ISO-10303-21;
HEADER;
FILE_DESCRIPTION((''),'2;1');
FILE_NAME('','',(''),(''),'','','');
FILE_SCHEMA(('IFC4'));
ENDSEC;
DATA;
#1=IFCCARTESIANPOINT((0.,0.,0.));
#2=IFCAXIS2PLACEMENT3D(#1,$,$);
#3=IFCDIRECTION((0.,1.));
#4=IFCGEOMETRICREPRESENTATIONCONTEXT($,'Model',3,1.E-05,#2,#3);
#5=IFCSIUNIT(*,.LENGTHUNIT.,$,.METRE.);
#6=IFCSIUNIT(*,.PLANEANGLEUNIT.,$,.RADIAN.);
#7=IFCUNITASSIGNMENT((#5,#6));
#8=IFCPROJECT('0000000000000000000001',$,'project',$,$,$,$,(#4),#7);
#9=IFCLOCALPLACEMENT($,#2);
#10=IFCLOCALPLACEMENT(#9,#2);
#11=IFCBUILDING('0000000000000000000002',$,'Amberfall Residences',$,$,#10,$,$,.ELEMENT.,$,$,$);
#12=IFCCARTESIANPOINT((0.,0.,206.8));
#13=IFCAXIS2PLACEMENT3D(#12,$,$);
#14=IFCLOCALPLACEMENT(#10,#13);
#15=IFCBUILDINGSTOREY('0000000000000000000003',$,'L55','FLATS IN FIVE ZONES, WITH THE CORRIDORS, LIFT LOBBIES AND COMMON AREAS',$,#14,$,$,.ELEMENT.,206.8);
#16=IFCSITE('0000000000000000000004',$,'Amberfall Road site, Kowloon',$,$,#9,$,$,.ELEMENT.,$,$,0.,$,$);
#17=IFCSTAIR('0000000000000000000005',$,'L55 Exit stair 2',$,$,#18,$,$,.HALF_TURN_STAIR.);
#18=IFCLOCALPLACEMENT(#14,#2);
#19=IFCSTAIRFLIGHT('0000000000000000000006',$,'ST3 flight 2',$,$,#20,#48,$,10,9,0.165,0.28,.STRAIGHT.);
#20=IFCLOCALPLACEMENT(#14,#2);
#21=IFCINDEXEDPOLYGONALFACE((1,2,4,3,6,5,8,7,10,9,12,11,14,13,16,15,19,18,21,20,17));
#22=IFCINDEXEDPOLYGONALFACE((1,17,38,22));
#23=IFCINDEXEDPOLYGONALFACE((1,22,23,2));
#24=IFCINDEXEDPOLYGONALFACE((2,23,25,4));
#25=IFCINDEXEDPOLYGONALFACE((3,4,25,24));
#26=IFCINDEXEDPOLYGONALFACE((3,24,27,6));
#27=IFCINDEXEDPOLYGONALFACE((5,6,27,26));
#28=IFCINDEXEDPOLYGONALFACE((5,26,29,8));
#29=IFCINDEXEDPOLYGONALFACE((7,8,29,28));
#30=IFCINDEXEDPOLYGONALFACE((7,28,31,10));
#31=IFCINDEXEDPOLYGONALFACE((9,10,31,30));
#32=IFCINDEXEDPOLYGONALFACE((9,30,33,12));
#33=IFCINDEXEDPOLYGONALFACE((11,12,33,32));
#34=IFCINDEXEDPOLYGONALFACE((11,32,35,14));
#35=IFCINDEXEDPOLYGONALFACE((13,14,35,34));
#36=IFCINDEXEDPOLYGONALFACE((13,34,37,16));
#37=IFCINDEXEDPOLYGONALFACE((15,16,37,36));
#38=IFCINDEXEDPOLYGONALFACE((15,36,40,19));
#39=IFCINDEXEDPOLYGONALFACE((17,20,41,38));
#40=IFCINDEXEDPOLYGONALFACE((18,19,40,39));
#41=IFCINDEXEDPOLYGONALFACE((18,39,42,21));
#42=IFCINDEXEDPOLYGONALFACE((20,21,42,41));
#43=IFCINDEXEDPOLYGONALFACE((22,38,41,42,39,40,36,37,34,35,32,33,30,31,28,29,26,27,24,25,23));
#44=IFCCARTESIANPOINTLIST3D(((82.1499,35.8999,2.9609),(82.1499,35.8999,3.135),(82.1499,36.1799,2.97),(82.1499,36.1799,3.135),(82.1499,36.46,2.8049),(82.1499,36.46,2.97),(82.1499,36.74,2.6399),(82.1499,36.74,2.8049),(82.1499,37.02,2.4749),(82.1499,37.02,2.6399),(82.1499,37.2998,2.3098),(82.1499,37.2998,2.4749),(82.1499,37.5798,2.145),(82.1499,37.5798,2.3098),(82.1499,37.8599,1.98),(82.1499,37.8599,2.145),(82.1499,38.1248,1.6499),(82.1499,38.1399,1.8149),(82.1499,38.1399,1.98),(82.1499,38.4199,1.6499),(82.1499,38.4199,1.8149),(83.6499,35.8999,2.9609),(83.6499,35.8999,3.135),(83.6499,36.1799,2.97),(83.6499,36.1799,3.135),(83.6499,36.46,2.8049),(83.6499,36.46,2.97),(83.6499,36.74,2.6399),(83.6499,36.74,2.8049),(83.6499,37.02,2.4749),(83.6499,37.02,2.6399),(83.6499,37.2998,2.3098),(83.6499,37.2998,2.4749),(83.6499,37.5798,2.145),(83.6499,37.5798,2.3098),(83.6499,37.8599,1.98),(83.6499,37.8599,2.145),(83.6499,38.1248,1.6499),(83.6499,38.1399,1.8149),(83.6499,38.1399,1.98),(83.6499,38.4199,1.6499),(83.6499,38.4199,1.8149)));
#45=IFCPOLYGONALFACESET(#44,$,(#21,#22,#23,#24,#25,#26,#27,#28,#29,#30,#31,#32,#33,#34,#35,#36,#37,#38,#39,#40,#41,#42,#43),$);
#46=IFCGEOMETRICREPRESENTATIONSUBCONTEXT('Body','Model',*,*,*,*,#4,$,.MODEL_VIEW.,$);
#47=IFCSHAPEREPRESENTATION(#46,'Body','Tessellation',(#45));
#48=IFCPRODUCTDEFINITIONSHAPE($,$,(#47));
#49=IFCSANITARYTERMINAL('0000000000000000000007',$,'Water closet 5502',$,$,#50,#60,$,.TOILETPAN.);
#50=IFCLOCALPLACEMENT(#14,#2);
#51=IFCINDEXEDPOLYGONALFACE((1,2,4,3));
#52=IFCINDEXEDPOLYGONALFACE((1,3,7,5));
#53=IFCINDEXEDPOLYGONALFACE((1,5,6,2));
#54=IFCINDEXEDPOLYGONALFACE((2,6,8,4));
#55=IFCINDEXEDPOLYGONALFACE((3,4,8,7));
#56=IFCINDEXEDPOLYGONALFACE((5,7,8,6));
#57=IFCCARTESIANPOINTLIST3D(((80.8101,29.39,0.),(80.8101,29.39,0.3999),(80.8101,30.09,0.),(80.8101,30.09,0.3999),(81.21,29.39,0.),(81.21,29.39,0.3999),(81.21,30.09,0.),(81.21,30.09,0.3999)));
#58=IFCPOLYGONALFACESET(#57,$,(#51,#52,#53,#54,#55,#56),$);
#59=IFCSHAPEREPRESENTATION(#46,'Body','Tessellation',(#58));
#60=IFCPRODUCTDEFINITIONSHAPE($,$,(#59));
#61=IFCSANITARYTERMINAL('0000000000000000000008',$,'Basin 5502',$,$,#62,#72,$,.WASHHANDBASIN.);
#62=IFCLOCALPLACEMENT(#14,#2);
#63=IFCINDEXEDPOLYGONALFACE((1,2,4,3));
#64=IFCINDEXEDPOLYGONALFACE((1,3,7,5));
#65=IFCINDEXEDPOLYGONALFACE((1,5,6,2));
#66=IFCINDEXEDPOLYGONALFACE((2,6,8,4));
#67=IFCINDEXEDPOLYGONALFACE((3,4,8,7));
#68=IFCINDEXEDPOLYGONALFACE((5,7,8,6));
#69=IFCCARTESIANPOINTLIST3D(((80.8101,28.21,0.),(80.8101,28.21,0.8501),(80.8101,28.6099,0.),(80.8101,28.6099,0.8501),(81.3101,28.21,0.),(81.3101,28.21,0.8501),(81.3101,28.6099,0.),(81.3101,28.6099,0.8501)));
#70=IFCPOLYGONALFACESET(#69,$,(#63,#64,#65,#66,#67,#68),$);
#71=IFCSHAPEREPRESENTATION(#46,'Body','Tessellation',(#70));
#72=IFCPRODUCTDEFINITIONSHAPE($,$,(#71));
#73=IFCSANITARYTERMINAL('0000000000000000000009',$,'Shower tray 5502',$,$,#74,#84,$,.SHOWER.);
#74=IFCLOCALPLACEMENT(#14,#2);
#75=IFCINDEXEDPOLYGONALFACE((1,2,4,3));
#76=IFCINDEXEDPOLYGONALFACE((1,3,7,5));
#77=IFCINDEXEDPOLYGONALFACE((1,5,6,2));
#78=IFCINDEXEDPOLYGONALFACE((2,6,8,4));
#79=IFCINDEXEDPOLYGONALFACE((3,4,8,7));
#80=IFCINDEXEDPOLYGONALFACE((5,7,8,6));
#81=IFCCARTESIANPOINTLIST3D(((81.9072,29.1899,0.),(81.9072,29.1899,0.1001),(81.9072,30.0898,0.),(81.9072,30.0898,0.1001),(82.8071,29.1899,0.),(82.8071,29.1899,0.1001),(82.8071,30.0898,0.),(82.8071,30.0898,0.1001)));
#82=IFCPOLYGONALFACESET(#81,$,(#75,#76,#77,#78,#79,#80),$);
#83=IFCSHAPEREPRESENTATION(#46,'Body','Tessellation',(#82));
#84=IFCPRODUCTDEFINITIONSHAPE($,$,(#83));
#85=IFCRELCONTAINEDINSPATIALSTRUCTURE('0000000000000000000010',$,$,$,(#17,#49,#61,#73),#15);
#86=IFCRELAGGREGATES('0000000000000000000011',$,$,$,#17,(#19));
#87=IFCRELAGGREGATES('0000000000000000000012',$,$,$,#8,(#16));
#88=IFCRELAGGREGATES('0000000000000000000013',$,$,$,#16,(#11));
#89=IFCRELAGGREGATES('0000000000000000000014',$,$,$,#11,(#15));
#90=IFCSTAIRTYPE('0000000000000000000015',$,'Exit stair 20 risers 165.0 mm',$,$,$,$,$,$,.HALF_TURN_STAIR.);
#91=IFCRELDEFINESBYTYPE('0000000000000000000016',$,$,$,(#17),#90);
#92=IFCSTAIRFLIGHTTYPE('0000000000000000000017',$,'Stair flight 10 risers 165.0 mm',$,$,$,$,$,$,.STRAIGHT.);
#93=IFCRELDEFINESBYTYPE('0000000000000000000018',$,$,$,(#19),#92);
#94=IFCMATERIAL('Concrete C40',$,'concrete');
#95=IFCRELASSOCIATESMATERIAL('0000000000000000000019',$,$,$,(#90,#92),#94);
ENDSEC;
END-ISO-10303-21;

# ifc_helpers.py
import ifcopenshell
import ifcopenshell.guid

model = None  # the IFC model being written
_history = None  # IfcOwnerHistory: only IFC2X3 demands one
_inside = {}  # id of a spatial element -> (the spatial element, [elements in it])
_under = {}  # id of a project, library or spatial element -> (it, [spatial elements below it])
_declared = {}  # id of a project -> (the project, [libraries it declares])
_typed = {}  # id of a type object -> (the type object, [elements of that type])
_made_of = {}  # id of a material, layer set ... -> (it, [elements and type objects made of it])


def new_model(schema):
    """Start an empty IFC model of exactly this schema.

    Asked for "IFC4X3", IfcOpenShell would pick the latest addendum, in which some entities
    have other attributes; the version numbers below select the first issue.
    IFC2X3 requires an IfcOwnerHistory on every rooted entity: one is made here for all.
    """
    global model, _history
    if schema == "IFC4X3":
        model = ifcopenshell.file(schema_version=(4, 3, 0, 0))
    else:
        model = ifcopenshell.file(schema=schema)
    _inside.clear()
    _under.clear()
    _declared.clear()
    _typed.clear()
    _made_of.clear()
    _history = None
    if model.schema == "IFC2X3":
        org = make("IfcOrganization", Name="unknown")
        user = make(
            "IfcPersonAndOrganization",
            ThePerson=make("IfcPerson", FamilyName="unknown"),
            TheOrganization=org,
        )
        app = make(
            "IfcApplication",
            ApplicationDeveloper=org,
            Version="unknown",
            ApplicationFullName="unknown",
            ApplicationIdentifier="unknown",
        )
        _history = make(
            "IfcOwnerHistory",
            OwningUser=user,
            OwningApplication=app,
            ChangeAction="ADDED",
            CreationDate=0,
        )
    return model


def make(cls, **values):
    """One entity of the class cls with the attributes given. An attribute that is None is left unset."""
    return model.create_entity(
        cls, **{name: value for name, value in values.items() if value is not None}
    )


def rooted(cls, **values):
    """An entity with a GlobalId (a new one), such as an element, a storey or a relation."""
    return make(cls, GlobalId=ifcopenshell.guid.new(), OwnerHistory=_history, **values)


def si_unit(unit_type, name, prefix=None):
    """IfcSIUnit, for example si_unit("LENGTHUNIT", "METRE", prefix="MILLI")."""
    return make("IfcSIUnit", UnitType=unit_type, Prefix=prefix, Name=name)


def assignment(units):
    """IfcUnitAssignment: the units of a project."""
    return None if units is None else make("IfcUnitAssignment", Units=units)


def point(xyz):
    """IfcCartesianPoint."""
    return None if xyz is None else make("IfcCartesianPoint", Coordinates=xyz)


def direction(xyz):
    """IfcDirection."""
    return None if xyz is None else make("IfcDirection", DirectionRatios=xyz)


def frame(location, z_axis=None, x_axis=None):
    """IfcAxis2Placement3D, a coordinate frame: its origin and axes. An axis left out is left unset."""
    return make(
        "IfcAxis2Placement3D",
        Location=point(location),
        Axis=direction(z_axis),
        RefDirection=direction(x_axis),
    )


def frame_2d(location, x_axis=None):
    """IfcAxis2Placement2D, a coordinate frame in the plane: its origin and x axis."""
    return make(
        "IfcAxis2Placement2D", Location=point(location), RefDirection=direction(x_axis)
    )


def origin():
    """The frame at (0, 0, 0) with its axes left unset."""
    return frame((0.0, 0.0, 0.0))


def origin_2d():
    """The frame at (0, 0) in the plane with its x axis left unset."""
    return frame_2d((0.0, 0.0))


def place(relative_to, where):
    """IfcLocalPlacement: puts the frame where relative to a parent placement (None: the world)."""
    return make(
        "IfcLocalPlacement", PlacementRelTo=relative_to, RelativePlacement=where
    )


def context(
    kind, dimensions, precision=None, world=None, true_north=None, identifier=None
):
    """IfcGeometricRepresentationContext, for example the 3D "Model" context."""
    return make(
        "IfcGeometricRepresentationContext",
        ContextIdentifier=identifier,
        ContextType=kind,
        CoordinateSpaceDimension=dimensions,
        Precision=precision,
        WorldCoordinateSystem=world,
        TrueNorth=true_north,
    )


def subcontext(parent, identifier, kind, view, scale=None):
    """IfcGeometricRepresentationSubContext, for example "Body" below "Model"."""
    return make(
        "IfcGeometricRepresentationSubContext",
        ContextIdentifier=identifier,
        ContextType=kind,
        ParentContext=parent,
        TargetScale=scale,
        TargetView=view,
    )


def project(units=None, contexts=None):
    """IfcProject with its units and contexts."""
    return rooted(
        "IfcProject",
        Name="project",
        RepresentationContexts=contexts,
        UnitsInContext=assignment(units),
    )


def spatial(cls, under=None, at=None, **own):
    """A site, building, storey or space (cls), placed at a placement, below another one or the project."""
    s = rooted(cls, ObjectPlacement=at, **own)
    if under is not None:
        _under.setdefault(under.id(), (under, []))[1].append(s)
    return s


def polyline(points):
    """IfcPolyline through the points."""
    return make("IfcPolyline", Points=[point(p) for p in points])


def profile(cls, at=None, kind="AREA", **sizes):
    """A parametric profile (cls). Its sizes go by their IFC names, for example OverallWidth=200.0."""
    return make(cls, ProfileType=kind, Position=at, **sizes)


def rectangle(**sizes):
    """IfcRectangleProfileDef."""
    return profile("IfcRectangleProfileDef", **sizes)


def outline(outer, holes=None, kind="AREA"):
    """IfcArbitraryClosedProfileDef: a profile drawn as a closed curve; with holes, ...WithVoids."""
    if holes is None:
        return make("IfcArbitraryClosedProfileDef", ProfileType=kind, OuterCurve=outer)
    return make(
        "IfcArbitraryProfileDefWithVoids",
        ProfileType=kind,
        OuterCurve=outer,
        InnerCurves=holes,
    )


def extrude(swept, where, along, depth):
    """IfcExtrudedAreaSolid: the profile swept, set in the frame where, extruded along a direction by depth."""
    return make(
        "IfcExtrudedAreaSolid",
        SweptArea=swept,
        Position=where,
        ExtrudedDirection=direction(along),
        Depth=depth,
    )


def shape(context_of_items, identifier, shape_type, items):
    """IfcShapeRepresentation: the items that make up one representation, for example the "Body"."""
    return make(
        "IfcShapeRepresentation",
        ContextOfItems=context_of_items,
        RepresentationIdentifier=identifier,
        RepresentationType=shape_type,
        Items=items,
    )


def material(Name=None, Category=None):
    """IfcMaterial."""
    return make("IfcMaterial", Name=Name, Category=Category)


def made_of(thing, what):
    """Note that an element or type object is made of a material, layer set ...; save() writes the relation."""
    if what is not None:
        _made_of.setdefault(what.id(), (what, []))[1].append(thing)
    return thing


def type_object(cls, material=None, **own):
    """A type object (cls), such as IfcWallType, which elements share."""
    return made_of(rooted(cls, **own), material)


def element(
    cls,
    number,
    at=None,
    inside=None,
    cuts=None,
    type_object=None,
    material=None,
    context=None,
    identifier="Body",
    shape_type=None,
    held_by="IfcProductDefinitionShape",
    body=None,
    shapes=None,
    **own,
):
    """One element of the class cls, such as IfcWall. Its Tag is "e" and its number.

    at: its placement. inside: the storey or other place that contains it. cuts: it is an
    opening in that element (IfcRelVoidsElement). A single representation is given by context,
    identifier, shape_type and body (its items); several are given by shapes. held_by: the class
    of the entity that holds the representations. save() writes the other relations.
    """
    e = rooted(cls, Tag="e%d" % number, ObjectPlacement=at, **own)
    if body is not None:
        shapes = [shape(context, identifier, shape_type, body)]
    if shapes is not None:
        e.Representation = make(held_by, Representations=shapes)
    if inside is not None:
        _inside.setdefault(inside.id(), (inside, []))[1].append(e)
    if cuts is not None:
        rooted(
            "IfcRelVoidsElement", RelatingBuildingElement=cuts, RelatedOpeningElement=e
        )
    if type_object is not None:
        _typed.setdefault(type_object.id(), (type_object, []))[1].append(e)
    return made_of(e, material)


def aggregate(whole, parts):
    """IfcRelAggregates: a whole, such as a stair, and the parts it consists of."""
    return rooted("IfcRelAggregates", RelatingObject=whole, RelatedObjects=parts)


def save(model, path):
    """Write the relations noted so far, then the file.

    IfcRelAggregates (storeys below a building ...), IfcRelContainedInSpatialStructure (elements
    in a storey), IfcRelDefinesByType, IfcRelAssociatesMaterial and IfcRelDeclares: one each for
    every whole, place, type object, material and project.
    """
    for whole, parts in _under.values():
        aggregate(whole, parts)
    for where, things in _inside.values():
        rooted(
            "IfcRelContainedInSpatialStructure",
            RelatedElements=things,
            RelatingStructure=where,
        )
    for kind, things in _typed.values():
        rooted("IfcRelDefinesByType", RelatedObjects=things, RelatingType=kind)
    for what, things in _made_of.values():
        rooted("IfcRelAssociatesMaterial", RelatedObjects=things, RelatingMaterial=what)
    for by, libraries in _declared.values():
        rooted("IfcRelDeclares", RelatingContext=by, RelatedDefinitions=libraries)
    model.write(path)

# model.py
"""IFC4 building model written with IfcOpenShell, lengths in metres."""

from ifc_helpers import new_model, si_unit, direction, frame, origin, origin_2d, place, context, subcontext, project, spatial, polyline, rectangle, outline, extrude, material, type_object, element, aggregate, save


model = new_model("IFC4")

# Units and contexts
model_context = context("Model", 3, precision=1e-05, world=origin(), true_north=direction((0.0, 1.0)))
body_context = subcontext(model_context, "Body", "Model", "MODEL_VIEW")
ifc_project = project(units=[si_unit("LENGTHUNIT", "METRE"), si_unit("PLANEANGLEUNIT", "RADIAN")], contexts=[model_context])

# Site, building, storey
site_placement = place(None, origin())
site = spatial("IfcSite", under=ifc_project, at=site_placement, Name="Amberfall Road site, Kowloon", CompositionType="ELEMENT", RefElevation=0.0)
building_placement = place(site_placement, origin())
building = spatial("IfcBuilding", under=site, at=building_placement, Name="Amberfall Residences", CompositionType="ELEMENT")
storey_placement = place(building_placement, frame((0.0, 0.0, 206.8)))
storey = spatial("IfcBuildingStorey", under=building, at=storey_placement, Name="L55", Description="FLATS IN FIVE ZONES, WITH THE CORRIDORS, LIFT LOBBIES AND COMMON AREAS", CompositionType="ELEMENT", Elevation=206.8)

# Stair, stair flight
ifc_material_1 = material(Name="Concrete C40", Category="concrete")
stair_type = type_object("IfcStairType", Name="Exit stair 20 risers 165.0 mm", PredefinedType="HALF_TURN_STAIR", material=ifc_material_1)
stair_placement = place(storey_placement, origin())
stair = element("IfcStair", 1, at=stair_placement, inside=storey, type_object=stair_type, Name="L55 Exit stair 2", PredefinedType="HALF_TURN_STAIR")
stair_flight_type = type_object("IfcStairFlightType", Name="Stair flight 10 risers 165.0 mm", PredefinedType="STRAIGHT", material=ifc_material_1)
stair_flight_1_placement = place(storey_placement, frame((82.8999, 38.4199, 1.6499), z_axis=(0.0, 0.0, 1.0), x_axis=(0.0, -1.0, 0.0)))
stair_flight_1 = element("IfcStairFlight", 2, at=stair_flight_1_placement, type_object=stair_flight_type, Name="ST3 flight 2", NumberOfRisers=10, NumberOfTreads=9, PredefinedType="STRAIGHT", RiserHeight=0.165, TreadLength=0.28, context=body_context, shape_type="SweptSolid", body=[
    extrude(outline(polyline([(0.0, 0.0), (0.0, 0.165), (0.28, 0.165), (0.28, 0.3301), (0.5601, 0.3301), (0.5601, 0.4951), (0.8401, 0.4951), (0.8401, 0.6599), (1.1201, 0.6599), (1.1201, 0.825), (1.3999, 0.825), (1.3999, 0.99), (1.6799, 0.99), (1.6799, 1.155), (1.96, 1.155), (1.96, 1.3201), (2.24, 1.3201), (2.24, 1.4851), (2.52, 1.4851), (2.52, 1.6499), (2.52, 1.311), (0.2952, 0.0), (0.0, 0.0)])), frame((0.0, 0.75, 0.0), z_axis=(0.0, -1.0, 0.0), x_axis=(1.0, 0.0, 0.0)), (0.0, 0.0, 1.0), 1.5),
])
aggregate(stair, [stair_flight_1])

# Sanitary terminals
sanitary_terminal_1_placement = place(storey_placement, frame((81.01, 29.74, 0.0), z_axis=(0.0, 0.0, 1.0), x_axis=(1.0, 0.0, 0.0)))
element("IfcSanitaryTerminal", 3, at=sanitary_terminal_1_placement, inside=storey, Name="Water closet 5502", PredefinedType="TOILETPAN", context=body_context, shape_type="SweptSolid", body=[
    extrude(rectangle(XDim=0.3999, YDim=0.7, at=origin_2d()), origin(), (0.0, 0.0, 1.0), 0.3999),
])
sanitary_terminal_2_placement = place(storey_placement, frame((81.0601, 28.4099, 0.0), z_axis=(0.0, 0.0, 1.0), x_axis=(1.0, 0.0, 0.0)))
element("IfcSanitaryTerminal", 4, at=sanitary_terminal_2_placement, inside=storey, Name="Basin 5502", PredefinedType="WASHHANDBASIN", context=body_context, shape_type="SweptSolid", body=[
    extrude(rectangle(XDim=0.5, YDim=0.3999, at=origin_2d()), origin(), (0.0, 0.0, 1.0), 0.8501),
])
sanitary_terminal_3_placement = place(storey_placement, frame((82.3572, 29.6399, 0.0), z_axis=(0.0, 0.0, 1.0), x_axis=(1.0, 0.0, 0.0)))
element("IfcSanitaryTerminal", 5, at=sanitary_terminal_3_placement, inside=storey, Name="Shower tray 5502", PredefinedType="SHOWER", context=body_context, shape_type="SweptSolid", body=[
    extrude(rectangle(XDim=0.8999, YDim=0.8999, at=origin_2d()), origin(), (0.0, 0.0, 1.0), 0.1001),
])

save(model, "model.ifc")
